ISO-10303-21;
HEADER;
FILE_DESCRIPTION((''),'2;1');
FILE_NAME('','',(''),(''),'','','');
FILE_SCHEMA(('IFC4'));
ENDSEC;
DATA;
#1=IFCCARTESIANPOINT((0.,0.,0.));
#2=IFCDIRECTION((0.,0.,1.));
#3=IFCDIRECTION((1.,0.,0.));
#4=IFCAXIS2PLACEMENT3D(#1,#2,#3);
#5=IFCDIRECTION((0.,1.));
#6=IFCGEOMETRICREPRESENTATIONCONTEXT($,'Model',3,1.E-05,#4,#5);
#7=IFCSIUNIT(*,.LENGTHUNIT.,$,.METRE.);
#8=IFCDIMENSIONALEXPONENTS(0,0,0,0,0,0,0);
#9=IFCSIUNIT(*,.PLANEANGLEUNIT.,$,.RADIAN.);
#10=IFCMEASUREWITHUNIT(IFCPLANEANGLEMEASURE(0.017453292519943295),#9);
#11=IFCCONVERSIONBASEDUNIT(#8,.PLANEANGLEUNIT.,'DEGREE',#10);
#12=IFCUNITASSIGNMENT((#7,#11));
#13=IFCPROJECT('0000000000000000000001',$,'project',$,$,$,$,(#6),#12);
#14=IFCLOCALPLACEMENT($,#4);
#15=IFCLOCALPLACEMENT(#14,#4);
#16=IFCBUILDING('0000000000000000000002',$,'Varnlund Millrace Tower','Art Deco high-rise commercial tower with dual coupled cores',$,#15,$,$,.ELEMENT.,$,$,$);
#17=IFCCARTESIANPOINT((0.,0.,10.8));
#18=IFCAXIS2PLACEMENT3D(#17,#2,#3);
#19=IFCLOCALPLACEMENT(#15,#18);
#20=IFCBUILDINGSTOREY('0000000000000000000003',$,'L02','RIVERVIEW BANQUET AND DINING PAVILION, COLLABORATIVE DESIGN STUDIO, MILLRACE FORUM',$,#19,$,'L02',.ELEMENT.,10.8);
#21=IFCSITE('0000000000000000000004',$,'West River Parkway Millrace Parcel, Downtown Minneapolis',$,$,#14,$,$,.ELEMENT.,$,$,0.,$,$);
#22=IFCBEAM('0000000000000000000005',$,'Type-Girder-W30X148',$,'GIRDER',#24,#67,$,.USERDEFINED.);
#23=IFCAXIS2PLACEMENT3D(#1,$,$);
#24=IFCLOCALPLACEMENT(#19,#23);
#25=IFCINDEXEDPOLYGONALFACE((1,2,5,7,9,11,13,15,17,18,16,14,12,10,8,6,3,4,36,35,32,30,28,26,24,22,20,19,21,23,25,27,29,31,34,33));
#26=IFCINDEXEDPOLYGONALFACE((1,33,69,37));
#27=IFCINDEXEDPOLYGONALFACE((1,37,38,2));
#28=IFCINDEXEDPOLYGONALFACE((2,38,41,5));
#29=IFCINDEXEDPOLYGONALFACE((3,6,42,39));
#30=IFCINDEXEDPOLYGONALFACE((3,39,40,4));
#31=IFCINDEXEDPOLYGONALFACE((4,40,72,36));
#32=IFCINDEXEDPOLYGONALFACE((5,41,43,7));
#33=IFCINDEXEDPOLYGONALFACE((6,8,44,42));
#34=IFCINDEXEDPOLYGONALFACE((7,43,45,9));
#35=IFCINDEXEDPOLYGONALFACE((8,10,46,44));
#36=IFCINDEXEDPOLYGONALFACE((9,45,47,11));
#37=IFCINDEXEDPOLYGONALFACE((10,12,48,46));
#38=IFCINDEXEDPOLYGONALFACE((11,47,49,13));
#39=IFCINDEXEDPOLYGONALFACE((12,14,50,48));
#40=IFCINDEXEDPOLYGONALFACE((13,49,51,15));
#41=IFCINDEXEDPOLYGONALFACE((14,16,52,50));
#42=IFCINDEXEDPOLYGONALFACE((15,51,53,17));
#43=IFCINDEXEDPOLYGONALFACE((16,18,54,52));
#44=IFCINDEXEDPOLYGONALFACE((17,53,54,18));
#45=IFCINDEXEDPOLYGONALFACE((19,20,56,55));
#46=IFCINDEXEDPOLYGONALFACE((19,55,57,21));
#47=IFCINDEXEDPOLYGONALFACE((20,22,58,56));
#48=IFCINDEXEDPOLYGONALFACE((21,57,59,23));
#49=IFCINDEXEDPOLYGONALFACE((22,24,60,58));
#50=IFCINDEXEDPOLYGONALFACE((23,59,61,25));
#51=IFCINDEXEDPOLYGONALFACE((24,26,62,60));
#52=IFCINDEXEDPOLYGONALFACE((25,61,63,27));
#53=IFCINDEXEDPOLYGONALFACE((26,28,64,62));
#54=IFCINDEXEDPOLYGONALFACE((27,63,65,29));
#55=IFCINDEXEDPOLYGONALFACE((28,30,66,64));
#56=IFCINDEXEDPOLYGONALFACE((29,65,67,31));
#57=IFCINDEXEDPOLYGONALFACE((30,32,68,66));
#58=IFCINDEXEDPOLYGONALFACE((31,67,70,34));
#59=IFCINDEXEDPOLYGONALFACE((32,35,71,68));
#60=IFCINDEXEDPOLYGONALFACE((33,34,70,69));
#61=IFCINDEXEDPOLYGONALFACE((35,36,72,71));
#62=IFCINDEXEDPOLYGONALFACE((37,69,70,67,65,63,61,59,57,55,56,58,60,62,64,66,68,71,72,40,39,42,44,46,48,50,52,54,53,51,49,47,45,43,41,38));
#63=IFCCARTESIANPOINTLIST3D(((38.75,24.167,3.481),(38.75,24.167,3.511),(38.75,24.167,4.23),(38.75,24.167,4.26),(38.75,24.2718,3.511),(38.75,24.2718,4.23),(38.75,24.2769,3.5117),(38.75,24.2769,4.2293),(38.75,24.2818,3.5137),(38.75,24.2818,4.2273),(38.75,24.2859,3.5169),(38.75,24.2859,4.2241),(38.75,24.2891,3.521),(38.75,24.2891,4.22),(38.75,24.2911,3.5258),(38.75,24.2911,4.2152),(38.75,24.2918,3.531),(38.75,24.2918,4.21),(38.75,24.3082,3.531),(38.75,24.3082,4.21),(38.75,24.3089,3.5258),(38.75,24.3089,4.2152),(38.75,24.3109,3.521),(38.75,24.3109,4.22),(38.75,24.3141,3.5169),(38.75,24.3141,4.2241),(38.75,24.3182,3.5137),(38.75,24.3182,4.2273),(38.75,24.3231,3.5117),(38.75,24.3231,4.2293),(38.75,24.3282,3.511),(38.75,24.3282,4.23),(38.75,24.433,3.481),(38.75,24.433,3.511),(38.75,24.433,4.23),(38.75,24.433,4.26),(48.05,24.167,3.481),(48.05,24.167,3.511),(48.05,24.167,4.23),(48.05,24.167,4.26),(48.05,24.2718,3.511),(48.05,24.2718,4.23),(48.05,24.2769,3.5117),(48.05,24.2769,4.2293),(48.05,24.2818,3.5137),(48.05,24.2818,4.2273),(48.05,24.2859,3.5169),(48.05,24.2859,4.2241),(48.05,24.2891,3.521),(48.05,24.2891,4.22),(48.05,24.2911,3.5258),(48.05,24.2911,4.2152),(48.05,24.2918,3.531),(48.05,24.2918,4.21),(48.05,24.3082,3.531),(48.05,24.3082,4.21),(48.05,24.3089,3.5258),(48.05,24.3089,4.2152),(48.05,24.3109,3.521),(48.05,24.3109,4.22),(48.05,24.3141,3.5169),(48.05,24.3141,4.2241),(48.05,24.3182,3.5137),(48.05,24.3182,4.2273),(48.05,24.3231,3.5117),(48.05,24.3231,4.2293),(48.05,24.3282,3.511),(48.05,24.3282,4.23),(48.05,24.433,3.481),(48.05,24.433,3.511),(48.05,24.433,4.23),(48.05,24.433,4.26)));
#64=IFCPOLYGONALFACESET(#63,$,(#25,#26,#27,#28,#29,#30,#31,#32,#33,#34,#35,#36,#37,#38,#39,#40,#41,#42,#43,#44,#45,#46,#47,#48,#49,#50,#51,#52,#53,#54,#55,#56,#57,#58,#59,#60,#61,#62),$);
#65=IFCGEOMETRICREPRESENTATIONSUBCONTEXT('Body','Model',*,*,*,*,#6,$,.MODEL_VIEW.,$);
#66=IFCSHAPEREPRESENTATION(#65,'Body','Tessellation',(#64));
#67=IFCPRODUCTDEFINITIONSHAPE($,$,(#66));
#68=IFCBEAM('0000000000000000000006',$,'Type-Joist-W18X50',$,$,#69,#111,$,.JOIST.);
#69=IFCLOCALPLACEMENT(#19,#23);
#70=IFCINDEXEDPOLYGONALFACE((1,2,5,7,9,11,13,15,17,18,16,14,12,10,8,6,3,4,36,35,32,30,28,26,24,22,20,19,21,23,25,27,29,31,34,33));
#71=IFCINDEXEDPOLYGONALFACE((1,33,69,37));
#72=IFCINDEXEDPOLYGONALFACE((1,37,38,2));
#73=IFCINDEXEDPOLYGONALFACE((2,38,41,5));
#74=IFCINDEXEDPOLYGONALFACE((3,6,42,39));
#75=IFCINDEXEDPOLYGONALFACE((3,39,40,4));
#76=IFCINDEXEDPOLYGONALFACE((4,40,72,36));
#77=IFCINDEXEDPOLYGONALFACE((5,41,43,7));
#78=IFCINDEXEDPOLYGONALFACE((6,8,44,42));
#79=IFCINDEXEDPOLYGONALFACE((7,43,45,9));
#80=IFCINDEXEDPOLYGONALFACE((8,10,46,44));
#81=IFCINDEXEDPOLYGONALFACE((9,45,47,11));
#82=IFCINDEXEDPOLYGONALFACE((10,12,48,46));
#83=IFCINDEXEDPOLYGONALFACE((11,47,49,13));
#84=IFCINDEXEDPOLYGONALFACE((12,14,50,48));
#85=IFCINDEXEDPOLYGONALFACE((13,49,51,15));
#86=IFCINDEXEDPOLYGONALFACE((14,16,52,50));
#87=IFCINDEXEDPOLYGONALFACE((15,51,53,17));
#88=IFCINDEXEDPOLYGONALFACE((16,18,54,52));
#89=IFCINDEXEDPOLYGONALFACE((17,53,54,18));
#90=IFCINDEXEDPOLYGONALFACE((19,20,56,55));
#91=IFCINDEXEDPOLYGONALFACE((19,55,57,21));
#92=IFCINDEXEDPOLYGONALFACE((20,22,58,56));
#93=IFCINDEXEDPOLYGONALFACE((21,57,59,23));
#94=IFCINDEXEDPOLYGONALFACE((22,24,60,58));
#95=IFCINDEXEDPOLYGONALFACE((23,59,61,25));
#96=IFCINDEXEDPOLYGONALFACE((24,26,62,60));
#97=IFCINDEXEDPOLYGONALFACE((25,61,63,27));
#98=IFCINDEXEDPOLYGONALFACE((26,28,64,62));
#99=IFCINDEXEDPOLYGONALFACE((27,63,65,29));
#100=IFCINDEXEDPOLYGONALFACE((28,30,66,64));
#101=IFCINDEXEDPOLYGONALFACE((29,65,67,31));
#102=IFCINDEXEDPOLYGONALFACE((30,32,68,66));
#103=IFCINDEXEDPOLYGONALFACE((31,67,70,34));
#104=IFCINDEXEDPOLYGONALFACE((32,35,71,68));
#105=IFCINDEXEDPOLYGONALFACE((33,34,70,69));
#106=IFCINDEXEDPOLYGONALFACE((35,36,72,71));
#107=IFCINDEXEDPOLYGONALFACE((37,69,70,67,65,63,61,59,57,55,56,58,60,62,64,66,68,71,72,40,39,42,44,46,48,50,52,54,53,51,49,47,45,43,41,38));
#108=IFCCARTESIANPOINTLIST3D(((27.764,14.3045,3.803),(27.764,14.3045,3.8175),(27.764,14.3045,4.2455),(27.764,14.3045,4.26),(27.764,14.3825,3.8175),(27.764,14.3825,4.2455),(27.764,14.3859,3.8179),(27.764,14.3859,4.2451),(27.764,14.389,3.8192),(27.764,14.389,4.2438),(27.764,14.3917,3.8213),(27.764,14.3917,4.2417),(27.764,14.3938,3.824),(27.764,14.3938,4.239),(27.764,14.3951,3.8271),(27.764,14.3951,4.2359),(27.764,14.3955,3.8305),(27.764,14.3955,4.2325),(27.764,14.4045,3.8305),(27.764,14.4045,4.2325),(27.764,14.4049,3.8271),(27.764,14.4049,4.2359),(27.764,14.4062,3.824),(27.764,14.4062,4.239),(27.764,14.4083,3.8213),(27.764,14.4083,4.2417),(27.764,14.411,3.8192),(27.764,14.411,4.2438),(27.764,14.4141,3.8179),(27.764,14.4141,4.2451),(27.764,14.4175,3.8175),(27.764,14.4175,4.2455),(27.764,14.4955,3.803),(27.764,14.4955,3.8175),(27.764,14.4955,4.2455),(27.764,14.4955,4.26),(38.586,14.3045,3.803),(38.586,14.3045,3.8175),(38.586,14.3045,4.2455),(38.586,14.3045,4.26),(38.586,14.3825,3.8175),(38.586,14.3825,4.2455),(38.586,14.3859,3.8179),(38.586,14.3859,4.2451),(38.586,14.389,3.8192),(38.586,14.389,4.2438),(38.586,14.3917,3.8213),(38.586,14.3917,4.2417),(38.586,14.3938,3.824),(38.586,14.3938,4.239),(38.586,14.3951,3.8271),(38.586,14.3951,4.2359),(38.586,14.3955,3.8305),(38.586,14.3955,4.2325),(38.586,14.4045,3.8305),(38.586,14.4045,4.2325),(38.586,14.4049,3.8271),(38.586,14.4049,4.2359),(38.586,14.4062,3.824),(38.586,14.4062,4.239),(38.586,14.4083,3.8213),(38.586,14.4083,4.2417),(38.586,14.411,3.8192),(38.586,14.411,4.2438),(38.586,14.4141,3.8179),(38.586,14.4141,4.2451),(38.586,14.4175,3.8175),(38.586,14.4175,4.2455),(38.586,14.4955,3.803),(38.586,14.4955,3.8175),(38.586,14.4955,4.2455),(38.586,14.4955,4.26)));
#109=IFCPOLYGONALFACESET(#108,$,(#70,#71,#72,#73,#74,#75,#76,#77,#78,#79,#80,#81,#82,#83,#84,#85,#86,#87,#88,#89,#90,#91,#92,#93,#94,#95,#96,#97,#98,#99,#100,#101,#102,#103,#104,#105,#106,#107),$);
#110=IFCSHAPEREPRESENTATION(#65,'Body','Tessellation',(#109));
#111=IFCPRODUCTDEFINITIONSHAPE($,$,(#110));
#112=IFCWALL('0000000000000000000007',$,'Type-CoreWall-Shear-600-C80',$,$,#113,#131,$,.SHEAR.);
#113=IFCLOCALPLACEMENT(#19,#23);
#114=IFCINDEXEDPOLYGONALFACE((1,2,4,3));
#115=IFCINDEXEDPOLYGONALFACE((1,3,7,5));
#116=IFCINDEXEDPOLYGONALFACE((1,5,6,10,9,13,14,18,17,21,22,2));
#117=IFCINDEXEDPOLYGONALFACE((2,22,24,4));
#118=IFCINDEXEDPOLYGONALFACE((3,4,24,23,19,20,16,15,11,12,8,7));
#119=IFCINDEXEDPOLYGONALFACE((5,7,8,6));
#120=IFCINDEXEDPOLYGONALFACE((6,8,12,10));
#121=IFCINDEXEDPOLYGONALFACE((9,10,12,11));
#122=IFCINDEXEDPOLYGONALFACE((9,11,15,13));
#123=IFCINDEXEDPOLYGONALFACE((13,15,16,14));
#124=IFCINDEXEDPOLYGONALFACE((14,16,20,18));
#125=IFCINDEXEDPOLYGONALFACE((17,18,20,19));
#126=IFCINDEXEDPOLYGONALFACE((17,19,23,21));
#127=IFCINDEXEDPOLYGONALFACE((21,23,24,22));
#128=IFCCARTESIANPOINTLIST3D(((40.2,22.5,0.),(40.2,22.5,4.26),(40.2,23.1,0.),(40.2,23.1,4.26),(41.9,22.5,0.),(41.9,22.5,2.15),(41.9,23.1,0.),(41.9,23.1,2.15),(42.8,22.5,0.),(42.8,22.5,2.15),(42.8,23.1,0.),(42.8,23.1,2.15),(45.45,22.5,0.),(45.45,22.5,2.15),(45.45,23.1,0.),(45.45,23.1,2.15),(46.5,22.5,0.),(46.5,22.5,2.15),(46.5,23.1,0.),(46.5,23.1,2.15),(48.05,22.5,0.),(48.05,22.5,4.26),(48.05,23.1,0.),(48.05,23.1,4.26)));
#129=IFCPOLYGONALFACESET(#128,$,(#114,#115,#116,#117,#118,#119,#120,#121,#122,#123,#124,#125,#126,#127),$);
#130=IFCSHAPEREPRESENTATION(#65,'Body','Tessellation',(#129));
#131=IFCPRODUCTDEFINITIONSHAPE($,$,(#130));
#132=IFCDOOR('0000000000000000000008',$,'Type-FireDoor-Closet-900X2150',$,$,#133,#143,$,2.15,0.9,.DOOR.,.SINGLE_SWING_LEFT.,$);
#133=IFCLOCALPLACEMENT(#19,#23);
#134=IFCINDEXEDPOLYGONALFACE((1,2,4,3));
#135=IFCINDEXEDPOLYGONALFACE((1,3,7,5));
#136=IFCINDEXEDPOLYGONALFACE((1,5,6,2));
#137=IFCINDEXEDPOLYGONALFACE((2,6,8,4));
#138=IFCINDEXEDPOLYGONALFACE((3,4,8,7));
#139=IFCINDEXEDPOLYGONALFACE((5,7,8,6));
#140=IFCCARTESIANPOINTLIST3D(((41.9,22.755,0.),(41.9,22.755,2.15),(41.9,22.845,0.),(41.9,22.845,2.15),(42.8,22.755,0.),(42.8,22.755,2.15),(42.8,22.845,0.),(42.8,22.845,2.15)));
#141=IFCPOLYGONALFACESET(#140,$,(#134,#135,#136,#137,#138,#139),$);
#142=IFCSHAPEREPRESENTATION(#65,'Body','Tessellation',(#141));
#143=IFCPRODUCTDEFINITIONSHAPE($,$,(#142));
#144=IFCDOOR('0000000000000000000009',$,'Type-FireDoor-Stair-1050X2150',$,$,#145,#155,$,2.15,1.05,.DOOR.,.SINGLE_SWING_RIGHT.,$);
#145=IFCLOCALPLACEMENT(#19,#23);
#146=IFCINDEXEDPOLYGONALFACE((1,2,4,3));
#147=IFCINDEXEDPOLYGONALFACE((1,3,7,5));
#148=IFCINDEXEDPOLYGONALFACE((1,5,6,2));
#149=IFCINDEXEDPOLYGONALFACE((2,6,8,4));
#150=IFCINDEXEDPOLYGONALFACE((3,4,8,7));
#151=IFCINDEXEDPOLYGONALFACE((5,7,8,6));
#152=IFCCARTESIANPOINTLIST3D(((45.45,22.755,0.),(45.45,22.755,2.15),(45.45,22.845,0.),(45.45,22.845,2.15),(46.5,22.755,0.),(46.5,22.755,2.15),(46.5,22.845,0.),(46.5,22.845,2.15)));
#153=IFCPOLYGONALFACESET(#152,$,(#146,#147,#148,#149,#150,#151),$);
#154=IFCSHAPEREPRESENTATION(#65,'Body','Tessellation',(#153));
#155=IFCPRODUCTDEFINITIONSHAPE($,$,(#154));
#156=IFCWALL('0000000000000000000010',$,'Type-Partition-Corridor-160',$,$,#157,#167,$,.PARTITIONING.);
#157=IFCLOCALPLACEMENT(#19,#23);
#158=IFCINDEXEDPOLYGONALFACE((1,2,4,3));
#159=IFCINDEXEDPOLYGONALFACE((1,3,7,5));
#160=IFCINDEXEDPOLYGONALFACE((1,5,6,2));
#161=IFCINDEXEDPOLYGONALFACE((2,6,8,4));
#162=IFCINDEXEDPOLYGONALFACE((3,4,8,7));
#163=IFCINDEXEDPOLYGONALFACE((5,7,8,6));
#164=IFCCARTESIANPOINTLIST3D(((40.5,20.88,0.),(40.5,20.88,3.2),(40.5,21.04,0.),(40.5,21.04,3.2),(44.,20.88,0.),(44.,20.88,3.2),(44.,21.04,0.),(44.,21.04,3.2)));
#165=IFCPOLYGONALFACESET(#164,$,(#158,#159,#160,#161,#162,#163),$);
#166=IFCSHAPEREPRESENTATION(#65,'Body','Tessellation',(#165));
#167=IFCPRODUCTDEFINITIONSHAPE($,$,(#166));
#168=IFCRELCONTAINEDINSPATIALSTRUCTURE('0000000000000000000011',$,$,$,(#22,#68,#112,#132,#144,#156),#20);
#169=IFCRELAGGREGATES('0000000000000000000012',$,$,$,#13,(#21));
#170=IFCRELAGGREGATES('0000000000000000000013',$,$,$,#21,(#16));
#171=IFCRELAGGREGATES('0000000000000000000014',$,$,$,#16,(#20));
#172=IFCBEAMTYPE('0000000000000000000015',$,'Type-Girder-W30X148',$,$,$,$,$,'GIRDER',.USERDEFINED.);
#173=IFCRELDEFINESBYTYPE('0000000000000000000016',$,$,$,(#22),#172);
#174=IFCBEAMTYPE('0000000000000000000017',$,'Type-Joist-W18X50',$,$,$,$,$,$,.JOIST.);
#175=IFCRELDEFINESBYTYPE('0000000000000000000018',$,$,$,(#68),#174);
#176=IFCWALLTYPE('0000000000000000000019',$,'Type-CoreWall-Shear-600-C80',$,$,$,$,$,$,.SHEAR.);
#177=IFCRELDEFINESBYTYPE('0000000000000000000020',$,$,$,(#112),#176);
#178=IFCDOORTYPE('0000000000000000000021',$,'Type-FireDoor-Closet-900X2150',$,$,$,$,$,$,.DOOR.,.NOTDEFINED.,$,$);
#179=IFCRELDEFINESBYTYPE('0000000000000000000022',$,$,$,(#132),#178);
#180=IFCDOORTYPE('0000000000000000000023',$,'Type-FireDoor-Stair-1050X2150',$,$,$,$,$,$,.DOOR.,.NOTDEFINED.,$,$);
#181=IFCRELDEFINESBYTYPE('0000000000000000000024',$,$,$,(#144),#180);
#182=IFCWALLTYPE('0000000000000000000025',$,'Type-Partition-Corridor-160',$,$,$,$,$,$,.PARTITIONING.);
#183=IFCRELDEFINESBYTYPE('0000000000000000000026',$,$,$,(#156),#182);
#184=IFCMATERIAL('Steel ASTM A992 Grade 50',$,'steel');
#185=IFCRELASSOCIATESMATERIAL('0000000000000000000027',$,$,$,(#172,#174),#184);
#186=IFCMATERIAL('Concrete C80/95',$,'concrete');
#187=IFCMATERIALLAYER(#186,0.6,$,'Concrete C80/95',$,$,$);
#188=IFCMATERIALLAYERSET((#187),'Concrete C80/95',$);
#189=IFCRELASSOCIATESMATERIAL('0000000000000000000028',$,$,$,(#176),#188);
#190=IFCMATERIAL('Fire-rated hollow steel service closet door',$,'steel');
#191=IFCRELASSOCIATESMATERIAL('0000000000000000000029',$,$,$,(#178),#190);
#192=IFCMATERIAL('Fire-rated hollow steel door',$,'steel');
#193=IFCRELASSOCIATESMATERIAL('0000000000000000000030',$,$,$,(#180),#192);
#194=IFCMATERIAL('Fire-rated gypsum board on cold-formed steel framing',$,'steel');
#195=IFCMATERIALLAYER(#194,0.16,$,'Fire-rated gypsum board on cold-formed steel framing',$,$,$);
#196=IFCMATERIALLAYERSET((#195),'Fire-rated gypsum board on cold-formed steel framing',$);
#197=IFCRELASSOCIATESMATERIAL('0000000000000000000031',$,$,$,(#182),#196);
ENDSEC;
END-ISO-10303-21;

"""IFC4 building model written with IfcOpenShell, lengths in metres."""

from ifc_helpers import new_model, entity, si_unit, converted_unit, direction, frame, origin_with_axes, origin_2d_with_axis, place, context, subcontext, project, spatial, polyline, rectangle, i_section, outline, extrude, material, layer, layer_set, material_profile, profile_set, type_object, element, fill, save


model = new_model("IFC4")

# Units and contexts
model_context = context("Model", 3, precision=1e-05, world=origin_with_axes(), true_north=direction((0.0, 1.0)))
body_context = subcontext(model_context, "Body", "Model", "MODEL_VIEW")
ifc_project = project(units=[si_unit("LENGTHUNIT", "METRE"), converted_unit("PLANEANGLEUNIT", "DEGREE", entity("IfcPlaneAngleMeasure", 0.017453292519943295), si_unit("PLANEANGLEUNIT", "RADIAN"), dimensions=[0, 0, 0, 0, 0, 0, 0])], contexts=[model_context])

# Site, building, storey
site_placement = place(None, origin_with_axes())
site = spatial("IfcSite", under=ifc_project, at=site_placement, Name="West River Parkway Millrace Parcel, Downtown Minneapolis", CompositionType="ELEMENT", RefElevation=0.0)
building_placement = place(site_placement, origin_with_axes())
building = spatial("IfcBuilding", under=site, at=building_placement, Name="Varnlund Millrace Tower", Description="Art Deco high-rise commercial tower with dual coupled cores", CompositionType="ELEMENT")
storey_placement = place(building_placement, frame((0.0, 0.0, 10.8), z_axis=(0.0, 0.0, 1.0), x_axis=(1.0, 0.0, 0.0)))
storey = spatial("IfcBuildingStorey", under=building, at=storey_placement, Name="L02", Description="RIVERVIEW BANQUET AND DINING PAVILION, COLLABORATIVE DESIGN STUDIO, MILLRACE FORUM", LongName="L02", CompositionType="ELEMENT", Elevation=10.8)

# Shared definitions
ifc_material_1 = material(Name="Concrete C80/95", Category="concrete")

# Beams
ifc_material_2 = material(Name="Steel ASTM A992 Grade 50", Category="steel")
ifc_material_profile_1 = material_profile(ifc_material_2, i_section(OverallWidth=0.266, OverallDepth=0.779, WebThickness=0.0165, FlangeThickness=0.03, FilletRadius=0.02, at=origin_2d_with_axis()), Name="Steel ASTM A992 Grade 50")
ifc_profile_set_1 = profile_set([ifc_material_profile_1], Name="Steel ASTM A992 Grade 50")
beam_type_1 = type_object("IfcBeamType", Name="Type-Girder-W30X148", ElementType="GIRDER", PredefinedType="USERDEFINED", material=ifc_profile_set_1)
beam_1_placement = place(storey_placement, frame((38.75, 24.3, 3.8705), z_axis=(1.0, 0.0, 0.0), x_axis=(0.0, 1.0, 0.0)))
element("IfcBeam", 1, at=beam_1_placement, inside=storey, type_object=beam_type_1, Name="Type-Girder-W30X148", ObjectType="GIRDER", PredefinedType="USERDEFINED", context=body_context, shape_type="SweptSolid", body=[
    extrude(i_section(OverallWidth=0.266, OverallDepth=0.779, WebThickness=0.0165, FlangeThickness=0.03, FilletRadius=0.02, at=origin_2d_with_axis()), origin_with_axes(), (0.0, 0.0, 1.0), 9.3),
])
ifc_material_profile_2 = material_profile(ifc_material_2, i_section(OverallWidth=0.191, OverallDepth=0.457, WebThickness=0.009, FlangeThickness=0.0145, FilletRadius=0.013, at=origin_2d_with_axis()), Name="Steel ASTM A992 Grade 50")
ifc_profile_set_2 = profile_set([ifc_material_profile_2], Name="Steel ASTM A992 Grade 50")
beam_type_2 = type_object("IfcBeamType", Name="Type-Joist-W18X50", PredefinedType="JOIST", material=ifc_profile_set_2)
beam_2_placement = place(storey_placement, frame((27.764, 14.4, 4.0315), z_axis=(1.0, 0.0, 0.0), x_axis=(0.0, 1.0, 0.0)))
element("IfcBeam", 2, at=beam_2_placement, inside=storey, type_object=beam_type_2, Name="Type-Joist-W18X50", PredefinedType="JOIST", context=body_context, shape_type="SweptSolid", body=[
    extrude(i_section(OverallWidth=0.191, OverallDepth=0.457, WebThickness=0.009, FlangeThickness=0.0145, FilletRadius=0.013, at=origin_2d_with_axis()), origin_with_axes(), (0.0, 0.0, 1.0), 10.822),
])

# Wall, openings, doors
ifc_layer_1 = layer(ifc_material_1, 0.6, Name="Concrete C80/95")
ifc_layer_set_1 = layer_set([ifc_layer_1], Name="Concrete C80/95")
wall_type_1 = type_object("IfcWallType", Name="Type-CoreWall-Shear-600-C80", PredefinedType="SHEAR", material=ifc_layer_set_1)
wall_1_placement = place(storey_placement, frame((40.2, 22.8, 0.0), z_axis=(0.0, 0.0, 1.0), x_axis=(1.0, 0.0, 0.0)))
wall_1 = element("IfcWall", 3, at=wall_1_placement, inside=storey, type_object=wall_type_1, Name="Type-CoreWall-Shear-600-C80", PredefinedType="SHEAR", context=body_context, shape_type="SweptSolid", body=[
    extrude(outline(polyline([(0.0, -0.3), (7.85, -0.3), (7.85, 0.3), (0.0, 0.3), (0.0, -0.3)])), origin_with_axes(), (0.0, 0.0, 1.0), 4.26),
])
opening_1_placement = place(wall_1_placement, frame((5.775, 0.0, 0.0), z_axis=(0.0, 0.0, 1.0), x_axis=(1.0, 0.0, 0.0)))
opening_1 = element("IfcOpeningElement", 4, at=opening_1_placement, cuts=wall_1, PredefinedType="OPENING", context=body_context, shape_type="SweptSolid", body=[
    extrude(rectangle(XDim=1.05, YDim=0.62, at=origin_2d_with_axis()), origin_with_axes(), (0.0, 0.0, 1.0), 2.15),
])
opening_2_placement = place(wall_1_placement, frame((2.15, 0.0, 0.0), z_axis=(0.0, 0.0, 1.0), x_axis=(1.0, 0.0, 0.0)))
opening_2 = element("IfcOpeningElement", 5, at=opening_2_placement, cuts=wall_1, PredefinedType="OPENING", context=body_context, shape_type="SweptSolid", body=[
    extrude(rectangle(XDim=0.9, YDim=0.62, at=origin_2d_with_axis()), origin_with_axes(), (0.0, 0.0, 1.0), 2.15),
])
ifc_material_3 = material(Name="Fire-rated hollow steel service closet door", Category="steel")
door_type_1 = type_object("IfcDoorType", Name="Type-FireDoor-Closet-900X2150", OperationType="NOTDEFINED", PredefinedType="DOOR", material=ifc_material_3)
door_1_placement = place(wall_1_placement, frame((2.15, 0.0, 0.0), z_axis=(0.0, 0.0, 1.0), x_axis=(1.0, 0.0, 0.0)))
door_1 = element("IfcDoor", 6, at=door_1_placement, inside=storey, type_object=door_type_1, Name="Type-FireDoor-Closet-900X2150", OperationType="SINGLE_SWING_LEFT", OverallHeight=2.15, OverallWidth=0.9, PredefinedType="DOOR", context=body_context, shape_type="SweptSolid", body=[
    extrude(rectangle(XDim=0.9, YDim=0.09, at=origin_2d_with_axis()), origin_with_axes(), (0.0, 0.0, 1.0), 2.15),
])
fill(opening_2, door_1)
ifc_material_4 = material(Name="Fire-rated hollow steel door", Category="steel")
door_type_2 = type_object("IfcDoorType", Name="Type-FireDoor-Stair-1050X2150", OperationType="NOTDEFINED", PredefinedType="DOOR", material=ifc_material_4)
door_2_placement = place(wall_1_placement, frame((5.775, 0.0, 0.0), z_axis=(0.0, 0.0, 1.0), x_axis=(1.0, 0.0, 0.0)))
door_2 = element("IfcDoor", 7, at=door_2_placement, inside=storey, type_object=door_type_2, Name="Type-FireDoor-Stair-1050X2150", OperationType="SINGLE_SWING_RIGHT", OverallHeight=2.15, OverallWidth=1.05, PredefinedType="DOOR", context=body_context, shape_type="SweptSolid", body=[
    extrude(rectangle(XDim=1.05, YDim=0.09, at=origin_2d_with_axis()), origin_with_axes(), (0.0, 0.0, 1.0), 2.15),
])
fill(opening_1, door_2)

# Wall
ifc_material_5 = material(Name="Fire-rated gypsum board on cold-formed steel framing", Category="steel")
ifc_layer_2 = layer(ifc_material_5, 0.16, Name="Fire-rated gypsum board on cold-formed steel framing")
ifc_layer_set_2 = layer_set([ifc_layer_2], Name="Fire-rated gypsum board on cold-formed steel framing")
wall_type_2 = type_object("IfcWallType", Name="Type-Partition-Corridor-160", PredefinedType="PARTITIONING", material=ifc_layer_set_2)
wall_2_placement = place(storey_placement, frame((40.5, 20.96, 0.0), z_axis=(0.0, 0.0, 1.0), x_axis=(1.0, 0.0, 0.0)))
element("IfcWall", 8, at=wall_2_placement, inside=storey, type_object=wall_type_2, Name="Type-Partition-Corridor-160", PredefinedType="PARTITIONING", context=body_context, shape_type="SweptSolid", body=[
    extrude(outline(polyline([(0.0, -0.08), (3.5, -0.08), (3.5, 0.08), (0.0, 0.08), (0.0, -0.08)])), origin_with_axes(), (0.0, 0.0, 1.0), 3.2),
])

save(model, "model.ifc")
